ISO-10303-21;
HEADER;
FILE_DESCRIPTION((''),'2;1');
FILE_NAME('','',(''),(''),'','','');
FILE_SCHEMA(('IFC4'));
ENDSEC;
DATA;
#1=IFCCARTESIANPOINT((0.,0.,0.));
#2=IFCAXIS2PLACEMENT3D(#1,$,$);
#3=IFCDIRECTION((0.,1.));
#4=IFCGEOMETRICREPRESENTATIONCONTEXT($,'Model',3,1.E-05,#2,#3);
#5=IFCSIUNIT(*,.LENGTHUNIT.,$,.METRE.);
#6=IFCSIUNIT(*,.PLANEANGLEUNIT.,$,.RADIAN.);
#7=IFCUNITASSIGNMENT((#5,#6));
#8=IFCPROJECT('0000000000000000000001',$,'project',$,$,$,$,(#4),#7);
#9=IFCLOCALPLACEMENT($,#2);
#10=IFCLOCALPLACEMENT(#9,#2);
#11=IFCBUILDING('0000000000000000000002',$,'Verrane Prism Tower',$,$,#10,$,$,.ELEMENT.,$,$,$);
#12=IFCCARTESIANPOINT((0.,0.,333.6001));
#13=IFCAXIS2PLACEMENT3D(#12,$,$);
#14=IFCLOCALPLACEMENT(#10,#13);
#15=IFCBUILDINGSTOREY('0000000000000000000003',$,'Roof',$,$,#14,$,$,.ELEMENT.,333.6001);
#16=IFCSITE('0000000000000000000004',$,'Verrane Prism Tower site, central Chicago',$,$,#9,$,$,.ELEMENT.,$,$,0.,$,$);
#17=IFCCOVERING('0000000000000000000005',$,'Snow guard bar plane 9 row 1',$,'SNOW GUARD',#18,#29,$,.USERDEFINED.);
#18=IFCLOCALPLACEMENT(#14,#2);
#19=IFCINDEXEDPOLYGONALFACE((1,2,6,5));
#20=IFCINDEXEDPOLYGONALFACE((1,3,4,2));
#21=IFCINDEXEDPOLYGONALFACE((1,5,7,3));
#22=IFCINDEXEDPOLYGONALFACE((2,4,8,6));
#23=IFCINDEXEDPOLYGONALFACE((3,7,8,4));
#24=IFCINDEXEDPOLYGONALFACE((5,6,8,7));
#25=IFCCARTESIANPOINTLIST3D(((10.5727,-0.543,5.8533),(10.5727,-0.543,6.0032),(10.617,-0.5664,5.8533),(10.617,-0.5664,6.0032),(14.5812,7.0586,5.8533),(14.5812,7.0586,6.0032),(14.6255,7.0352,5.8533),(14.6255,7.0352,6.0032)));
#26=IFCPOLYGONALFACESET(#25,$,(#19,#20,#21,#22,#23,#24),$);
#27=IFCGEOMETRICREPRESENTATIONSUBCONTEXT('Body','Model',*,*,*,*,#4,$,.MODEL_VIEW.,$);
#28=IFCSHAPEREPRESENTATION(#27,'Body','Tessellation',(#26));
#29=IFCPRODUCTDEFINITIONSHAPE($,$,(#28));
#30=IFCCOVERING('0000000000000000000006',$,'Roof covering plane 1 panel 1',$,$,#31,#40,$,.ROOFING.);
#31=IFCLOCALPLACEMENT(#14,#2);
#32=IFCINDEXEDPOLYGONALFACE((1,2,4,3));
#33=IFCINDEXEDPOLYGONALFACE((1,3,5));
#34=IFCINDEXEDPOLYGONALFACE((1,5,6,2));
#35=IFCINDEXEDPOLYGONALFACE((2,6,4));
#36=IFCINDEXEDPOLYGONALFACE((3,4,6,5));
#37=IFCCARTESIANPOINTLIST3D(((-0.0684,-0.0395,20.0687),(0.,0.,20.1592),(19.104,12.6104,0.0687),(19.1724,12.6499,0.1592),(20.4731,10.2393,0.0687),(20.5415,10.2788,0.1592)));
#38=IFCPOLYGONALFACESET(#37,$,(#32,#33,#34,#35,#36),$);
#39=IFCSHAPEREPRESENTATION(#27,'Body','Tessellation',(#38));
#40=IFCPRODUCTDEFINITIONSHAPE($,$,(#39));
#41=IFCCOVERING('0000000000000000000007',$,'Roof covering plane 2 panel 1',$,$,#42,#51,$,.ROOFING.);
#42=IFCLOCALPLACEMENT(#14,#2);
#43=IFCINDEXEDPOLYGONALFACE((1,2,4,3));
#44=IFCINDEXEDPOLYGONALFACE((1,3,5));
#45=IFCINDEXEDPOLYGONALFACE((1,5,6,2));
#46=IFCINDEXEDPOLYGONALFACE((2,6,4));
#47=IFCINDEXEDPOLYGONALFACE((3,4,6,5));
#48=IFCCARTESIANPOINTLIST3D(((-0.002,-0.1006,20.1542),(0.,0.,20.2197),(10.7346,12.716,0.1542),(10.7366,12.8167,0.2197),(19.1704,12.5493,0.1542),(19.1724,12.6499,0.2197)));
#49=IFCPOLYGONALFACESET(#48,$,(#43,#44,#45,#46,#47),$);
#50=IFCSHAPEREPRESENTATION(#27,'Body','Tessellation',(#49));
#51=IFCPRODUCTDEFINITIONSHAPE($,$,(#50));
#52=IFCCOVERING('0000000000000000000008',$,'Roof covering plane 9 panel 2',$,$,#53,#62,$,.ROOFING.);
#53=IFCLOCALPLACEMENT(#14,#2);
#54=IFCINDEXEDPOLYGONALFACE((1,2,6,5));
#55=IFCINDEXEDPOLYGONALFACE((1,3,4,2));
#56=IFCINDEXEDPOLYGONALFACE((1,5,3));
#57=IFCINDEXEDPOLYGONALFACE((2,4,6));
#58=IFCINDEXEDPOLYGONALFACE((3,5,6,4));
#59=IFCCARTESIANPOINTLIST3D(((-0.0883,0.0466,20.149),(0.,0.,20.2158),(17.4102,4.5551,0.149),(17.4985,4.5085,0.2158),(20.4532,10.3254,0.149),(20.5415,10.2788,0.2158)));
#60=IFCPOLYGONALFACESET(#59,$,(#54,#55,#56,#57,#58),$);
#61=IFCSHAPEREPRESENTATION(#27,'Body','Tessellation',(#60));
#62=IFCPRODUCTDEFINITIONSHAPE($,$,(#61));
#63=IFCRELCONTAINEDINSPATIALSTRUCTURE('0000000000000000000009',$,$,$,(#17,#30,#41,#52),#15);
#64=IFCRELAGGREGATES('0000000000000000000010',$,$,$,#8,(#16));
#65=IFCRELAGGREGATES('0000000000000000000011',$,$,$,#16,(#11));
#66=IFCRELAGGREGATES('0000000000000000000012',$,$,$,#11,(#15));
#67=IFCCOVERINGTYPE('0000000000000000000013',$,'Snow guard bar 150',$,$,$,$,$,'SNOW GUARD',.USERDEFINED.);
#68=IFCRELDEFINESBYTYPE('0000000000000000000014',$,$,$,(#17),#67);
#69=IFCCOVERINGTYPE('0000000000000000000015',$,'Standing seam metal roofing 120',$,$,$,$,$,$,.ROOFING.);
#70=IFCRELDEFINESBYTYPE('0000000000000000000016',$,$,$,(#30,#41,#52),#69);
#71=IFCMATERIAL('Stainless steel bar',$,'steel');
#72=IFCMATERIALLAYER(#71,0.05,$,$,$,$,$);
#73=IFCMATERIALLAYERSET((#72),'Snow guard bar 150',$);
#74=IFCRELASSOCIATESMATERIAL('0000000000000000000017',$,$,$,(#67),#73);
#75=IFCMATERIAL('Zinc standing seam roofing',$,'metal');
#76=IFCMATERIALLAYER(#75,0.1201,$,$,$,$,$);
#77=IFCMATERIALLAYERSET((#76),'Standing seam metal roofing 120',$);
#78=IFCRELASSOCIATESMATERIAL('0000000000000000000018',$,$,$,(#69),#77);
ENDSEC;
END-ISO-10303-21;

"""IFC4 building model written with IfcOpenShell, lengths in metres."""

from ifc_helpers import new_model, si_unit, direction, frame, origin, origin_2d, place, context, subcontext, project, spatial, polyline, rectangle, outline, extrude, material, layer, layer_set, type_object, element, save


model = new_model("IFC4")

# Units and contexts
model_context = context("Model", 3, precision=1e-05, world=origin(), true_north=direction((0.0, 1.0)))
body_context = subcontext(model_context, "Body", "Model", "MODEL_VIEW")
ifc_project = project(units=[si_unit("LENGTHUNIT", "METRE"), si_unit("PLANEANGLEUNIT", "RADIAN")], contexts=[model_context])

# Site, building, storey
site_placement = place(None, origin())
site = spatial("IfcSite", under=ifc_project, at=site_placement, Name="Verrane Prism Tower site, central Chicago", CompositionType="ELEMENT", RefElevation=0.0)
building_placement = place(site_placement, origin())
building = spatial("IfcBuilding", under=site, at=building_placement, Name="Verrane Prism Tower", CompositionType="ELEMENT")
storey_placement = place(building_placement, frame((0.0, 0.0, 333.6001)))
storey = spatial("IfcBuildingStorey", under=building, at=storey_placement, Name="Roof", CompositionType="ELEMENT", Elevation=333.6001)

# Coverings
ifc_material_1 = material(Name="Stainless steel bar", Category="steel")
ifc_layer_1 = layer(ifc_material_1, 0.05)
ifc_layer_set_1 = layer_set([ifc_layer_1], Name="Snow guard bar 150")
covering_type_1 = type_object("IfcCoveringType", Name="Snow guard bar 150", ElementType="SNOW GUARD", PredefinedType="USERDEFINED", material=ifc_layer_set_1)
covering_1_placement = place(storey_placement, frame((12.5991, 3.2461, 5.8533), z_axis=(0.0, 0.0, 1.0), x_axis=(0.466442, 0.884552, 0.0)))
element("IfcCovering", 1, at=covering_1_placement, inside=storey, type_object=covering_type_1, Name="Snow guard bar plane 9 row 1", ObjectType="SNOW GUARD", PredefinedType="USERDEFINED", context=body_context, shape_type="SweptSolid", body=[
    extrude(rectangle(XDim=8.5938, YDim=0.05, at=origin_2d()), origin(), (0.0, 0.0, 1.0), 0.1499),
])
ifc_material_2 = material(Name="Zinc standing seam roofing", Category="metal")
ifc_layer_2 = layer(ifc_material_2, 0.1201)
ifc_layer_set_2 = layer_set([ifc_layer_2], Name="Standing seam metal roofing 120")
covering_type_2 = type_object("IfcCoveringType", Name="Standing seam metal roofing 120", PredefinedType="ROOFING", material=ifc_layer_set_2)
covering_2_placement = place(storey_placement, frame((20.5415, 10.2788, 0.1592), z_axis=(0.569251, 0.328702, 0.753597), x_axis=(-0.500052, 0.865996, 0.0)))
element("IfcCovering", 2, at=covering_2_placement, inside=storey, type_object=covering_type_2, Name="Roof covering plane 1 panel 1", PredefinedType="ROOFING", context=body_context, shape_type="SweptSolid", body=[
    extrude(outline(polyline([(0.0, 0.0), (2.738, 0.0), (1.3704, 30.4258), (0.0, 0.0)])), origin(), (0.0, 0.0, -1.0), 0.1201),
])
covering_3_placement = place(storey_placement, frame((19.1724, 12.6499, 0.2197), z_axis=(0.01656, 0.837775, 0.545764), x_axis=(-0.999805, 0.019763, 0.0)))
element("IfcCovering", 3, at=covering_3_placement, inside=storey, type_object=covering_type_2, Name="Roof covering plane 2 panel 1", PredefinedType="ROOFING", context=body_context, shape_type="SweptSolid", body=[
    extrude(outline(polyline([(0.0, 0.0), (8.4374, 0.0), (18.9186, 23.8681), (0.0, 0.0)])), origin(), (0.0, 0.0, -1.0), 0.1201),
])
covering_4_placement = place(storey_placement, frame((17.4985, 4.5085, 0.2158), z_axis=(0.735273, -0.387749, 0.555901), x_axis=(0.466465, 0.88454, 0.0)))
element("IfcCovering", 4, at=covering_4_placement, inside=storey, type_object=covering_type_2, Name="Roof covering plane 9 panel 2", PredefinedType="ROOFING", context=body_context, shape_type="SweptSolid", body=[
    extrude(outline(polyline([(0.0, 0.0), (6.5235, 0.0), (-12.1504, 24.0602), (0.0, 0.0)])), origin(), (0.0, 0.0, -1.0), 0.1201),
])

save(model, "model.ifc")
